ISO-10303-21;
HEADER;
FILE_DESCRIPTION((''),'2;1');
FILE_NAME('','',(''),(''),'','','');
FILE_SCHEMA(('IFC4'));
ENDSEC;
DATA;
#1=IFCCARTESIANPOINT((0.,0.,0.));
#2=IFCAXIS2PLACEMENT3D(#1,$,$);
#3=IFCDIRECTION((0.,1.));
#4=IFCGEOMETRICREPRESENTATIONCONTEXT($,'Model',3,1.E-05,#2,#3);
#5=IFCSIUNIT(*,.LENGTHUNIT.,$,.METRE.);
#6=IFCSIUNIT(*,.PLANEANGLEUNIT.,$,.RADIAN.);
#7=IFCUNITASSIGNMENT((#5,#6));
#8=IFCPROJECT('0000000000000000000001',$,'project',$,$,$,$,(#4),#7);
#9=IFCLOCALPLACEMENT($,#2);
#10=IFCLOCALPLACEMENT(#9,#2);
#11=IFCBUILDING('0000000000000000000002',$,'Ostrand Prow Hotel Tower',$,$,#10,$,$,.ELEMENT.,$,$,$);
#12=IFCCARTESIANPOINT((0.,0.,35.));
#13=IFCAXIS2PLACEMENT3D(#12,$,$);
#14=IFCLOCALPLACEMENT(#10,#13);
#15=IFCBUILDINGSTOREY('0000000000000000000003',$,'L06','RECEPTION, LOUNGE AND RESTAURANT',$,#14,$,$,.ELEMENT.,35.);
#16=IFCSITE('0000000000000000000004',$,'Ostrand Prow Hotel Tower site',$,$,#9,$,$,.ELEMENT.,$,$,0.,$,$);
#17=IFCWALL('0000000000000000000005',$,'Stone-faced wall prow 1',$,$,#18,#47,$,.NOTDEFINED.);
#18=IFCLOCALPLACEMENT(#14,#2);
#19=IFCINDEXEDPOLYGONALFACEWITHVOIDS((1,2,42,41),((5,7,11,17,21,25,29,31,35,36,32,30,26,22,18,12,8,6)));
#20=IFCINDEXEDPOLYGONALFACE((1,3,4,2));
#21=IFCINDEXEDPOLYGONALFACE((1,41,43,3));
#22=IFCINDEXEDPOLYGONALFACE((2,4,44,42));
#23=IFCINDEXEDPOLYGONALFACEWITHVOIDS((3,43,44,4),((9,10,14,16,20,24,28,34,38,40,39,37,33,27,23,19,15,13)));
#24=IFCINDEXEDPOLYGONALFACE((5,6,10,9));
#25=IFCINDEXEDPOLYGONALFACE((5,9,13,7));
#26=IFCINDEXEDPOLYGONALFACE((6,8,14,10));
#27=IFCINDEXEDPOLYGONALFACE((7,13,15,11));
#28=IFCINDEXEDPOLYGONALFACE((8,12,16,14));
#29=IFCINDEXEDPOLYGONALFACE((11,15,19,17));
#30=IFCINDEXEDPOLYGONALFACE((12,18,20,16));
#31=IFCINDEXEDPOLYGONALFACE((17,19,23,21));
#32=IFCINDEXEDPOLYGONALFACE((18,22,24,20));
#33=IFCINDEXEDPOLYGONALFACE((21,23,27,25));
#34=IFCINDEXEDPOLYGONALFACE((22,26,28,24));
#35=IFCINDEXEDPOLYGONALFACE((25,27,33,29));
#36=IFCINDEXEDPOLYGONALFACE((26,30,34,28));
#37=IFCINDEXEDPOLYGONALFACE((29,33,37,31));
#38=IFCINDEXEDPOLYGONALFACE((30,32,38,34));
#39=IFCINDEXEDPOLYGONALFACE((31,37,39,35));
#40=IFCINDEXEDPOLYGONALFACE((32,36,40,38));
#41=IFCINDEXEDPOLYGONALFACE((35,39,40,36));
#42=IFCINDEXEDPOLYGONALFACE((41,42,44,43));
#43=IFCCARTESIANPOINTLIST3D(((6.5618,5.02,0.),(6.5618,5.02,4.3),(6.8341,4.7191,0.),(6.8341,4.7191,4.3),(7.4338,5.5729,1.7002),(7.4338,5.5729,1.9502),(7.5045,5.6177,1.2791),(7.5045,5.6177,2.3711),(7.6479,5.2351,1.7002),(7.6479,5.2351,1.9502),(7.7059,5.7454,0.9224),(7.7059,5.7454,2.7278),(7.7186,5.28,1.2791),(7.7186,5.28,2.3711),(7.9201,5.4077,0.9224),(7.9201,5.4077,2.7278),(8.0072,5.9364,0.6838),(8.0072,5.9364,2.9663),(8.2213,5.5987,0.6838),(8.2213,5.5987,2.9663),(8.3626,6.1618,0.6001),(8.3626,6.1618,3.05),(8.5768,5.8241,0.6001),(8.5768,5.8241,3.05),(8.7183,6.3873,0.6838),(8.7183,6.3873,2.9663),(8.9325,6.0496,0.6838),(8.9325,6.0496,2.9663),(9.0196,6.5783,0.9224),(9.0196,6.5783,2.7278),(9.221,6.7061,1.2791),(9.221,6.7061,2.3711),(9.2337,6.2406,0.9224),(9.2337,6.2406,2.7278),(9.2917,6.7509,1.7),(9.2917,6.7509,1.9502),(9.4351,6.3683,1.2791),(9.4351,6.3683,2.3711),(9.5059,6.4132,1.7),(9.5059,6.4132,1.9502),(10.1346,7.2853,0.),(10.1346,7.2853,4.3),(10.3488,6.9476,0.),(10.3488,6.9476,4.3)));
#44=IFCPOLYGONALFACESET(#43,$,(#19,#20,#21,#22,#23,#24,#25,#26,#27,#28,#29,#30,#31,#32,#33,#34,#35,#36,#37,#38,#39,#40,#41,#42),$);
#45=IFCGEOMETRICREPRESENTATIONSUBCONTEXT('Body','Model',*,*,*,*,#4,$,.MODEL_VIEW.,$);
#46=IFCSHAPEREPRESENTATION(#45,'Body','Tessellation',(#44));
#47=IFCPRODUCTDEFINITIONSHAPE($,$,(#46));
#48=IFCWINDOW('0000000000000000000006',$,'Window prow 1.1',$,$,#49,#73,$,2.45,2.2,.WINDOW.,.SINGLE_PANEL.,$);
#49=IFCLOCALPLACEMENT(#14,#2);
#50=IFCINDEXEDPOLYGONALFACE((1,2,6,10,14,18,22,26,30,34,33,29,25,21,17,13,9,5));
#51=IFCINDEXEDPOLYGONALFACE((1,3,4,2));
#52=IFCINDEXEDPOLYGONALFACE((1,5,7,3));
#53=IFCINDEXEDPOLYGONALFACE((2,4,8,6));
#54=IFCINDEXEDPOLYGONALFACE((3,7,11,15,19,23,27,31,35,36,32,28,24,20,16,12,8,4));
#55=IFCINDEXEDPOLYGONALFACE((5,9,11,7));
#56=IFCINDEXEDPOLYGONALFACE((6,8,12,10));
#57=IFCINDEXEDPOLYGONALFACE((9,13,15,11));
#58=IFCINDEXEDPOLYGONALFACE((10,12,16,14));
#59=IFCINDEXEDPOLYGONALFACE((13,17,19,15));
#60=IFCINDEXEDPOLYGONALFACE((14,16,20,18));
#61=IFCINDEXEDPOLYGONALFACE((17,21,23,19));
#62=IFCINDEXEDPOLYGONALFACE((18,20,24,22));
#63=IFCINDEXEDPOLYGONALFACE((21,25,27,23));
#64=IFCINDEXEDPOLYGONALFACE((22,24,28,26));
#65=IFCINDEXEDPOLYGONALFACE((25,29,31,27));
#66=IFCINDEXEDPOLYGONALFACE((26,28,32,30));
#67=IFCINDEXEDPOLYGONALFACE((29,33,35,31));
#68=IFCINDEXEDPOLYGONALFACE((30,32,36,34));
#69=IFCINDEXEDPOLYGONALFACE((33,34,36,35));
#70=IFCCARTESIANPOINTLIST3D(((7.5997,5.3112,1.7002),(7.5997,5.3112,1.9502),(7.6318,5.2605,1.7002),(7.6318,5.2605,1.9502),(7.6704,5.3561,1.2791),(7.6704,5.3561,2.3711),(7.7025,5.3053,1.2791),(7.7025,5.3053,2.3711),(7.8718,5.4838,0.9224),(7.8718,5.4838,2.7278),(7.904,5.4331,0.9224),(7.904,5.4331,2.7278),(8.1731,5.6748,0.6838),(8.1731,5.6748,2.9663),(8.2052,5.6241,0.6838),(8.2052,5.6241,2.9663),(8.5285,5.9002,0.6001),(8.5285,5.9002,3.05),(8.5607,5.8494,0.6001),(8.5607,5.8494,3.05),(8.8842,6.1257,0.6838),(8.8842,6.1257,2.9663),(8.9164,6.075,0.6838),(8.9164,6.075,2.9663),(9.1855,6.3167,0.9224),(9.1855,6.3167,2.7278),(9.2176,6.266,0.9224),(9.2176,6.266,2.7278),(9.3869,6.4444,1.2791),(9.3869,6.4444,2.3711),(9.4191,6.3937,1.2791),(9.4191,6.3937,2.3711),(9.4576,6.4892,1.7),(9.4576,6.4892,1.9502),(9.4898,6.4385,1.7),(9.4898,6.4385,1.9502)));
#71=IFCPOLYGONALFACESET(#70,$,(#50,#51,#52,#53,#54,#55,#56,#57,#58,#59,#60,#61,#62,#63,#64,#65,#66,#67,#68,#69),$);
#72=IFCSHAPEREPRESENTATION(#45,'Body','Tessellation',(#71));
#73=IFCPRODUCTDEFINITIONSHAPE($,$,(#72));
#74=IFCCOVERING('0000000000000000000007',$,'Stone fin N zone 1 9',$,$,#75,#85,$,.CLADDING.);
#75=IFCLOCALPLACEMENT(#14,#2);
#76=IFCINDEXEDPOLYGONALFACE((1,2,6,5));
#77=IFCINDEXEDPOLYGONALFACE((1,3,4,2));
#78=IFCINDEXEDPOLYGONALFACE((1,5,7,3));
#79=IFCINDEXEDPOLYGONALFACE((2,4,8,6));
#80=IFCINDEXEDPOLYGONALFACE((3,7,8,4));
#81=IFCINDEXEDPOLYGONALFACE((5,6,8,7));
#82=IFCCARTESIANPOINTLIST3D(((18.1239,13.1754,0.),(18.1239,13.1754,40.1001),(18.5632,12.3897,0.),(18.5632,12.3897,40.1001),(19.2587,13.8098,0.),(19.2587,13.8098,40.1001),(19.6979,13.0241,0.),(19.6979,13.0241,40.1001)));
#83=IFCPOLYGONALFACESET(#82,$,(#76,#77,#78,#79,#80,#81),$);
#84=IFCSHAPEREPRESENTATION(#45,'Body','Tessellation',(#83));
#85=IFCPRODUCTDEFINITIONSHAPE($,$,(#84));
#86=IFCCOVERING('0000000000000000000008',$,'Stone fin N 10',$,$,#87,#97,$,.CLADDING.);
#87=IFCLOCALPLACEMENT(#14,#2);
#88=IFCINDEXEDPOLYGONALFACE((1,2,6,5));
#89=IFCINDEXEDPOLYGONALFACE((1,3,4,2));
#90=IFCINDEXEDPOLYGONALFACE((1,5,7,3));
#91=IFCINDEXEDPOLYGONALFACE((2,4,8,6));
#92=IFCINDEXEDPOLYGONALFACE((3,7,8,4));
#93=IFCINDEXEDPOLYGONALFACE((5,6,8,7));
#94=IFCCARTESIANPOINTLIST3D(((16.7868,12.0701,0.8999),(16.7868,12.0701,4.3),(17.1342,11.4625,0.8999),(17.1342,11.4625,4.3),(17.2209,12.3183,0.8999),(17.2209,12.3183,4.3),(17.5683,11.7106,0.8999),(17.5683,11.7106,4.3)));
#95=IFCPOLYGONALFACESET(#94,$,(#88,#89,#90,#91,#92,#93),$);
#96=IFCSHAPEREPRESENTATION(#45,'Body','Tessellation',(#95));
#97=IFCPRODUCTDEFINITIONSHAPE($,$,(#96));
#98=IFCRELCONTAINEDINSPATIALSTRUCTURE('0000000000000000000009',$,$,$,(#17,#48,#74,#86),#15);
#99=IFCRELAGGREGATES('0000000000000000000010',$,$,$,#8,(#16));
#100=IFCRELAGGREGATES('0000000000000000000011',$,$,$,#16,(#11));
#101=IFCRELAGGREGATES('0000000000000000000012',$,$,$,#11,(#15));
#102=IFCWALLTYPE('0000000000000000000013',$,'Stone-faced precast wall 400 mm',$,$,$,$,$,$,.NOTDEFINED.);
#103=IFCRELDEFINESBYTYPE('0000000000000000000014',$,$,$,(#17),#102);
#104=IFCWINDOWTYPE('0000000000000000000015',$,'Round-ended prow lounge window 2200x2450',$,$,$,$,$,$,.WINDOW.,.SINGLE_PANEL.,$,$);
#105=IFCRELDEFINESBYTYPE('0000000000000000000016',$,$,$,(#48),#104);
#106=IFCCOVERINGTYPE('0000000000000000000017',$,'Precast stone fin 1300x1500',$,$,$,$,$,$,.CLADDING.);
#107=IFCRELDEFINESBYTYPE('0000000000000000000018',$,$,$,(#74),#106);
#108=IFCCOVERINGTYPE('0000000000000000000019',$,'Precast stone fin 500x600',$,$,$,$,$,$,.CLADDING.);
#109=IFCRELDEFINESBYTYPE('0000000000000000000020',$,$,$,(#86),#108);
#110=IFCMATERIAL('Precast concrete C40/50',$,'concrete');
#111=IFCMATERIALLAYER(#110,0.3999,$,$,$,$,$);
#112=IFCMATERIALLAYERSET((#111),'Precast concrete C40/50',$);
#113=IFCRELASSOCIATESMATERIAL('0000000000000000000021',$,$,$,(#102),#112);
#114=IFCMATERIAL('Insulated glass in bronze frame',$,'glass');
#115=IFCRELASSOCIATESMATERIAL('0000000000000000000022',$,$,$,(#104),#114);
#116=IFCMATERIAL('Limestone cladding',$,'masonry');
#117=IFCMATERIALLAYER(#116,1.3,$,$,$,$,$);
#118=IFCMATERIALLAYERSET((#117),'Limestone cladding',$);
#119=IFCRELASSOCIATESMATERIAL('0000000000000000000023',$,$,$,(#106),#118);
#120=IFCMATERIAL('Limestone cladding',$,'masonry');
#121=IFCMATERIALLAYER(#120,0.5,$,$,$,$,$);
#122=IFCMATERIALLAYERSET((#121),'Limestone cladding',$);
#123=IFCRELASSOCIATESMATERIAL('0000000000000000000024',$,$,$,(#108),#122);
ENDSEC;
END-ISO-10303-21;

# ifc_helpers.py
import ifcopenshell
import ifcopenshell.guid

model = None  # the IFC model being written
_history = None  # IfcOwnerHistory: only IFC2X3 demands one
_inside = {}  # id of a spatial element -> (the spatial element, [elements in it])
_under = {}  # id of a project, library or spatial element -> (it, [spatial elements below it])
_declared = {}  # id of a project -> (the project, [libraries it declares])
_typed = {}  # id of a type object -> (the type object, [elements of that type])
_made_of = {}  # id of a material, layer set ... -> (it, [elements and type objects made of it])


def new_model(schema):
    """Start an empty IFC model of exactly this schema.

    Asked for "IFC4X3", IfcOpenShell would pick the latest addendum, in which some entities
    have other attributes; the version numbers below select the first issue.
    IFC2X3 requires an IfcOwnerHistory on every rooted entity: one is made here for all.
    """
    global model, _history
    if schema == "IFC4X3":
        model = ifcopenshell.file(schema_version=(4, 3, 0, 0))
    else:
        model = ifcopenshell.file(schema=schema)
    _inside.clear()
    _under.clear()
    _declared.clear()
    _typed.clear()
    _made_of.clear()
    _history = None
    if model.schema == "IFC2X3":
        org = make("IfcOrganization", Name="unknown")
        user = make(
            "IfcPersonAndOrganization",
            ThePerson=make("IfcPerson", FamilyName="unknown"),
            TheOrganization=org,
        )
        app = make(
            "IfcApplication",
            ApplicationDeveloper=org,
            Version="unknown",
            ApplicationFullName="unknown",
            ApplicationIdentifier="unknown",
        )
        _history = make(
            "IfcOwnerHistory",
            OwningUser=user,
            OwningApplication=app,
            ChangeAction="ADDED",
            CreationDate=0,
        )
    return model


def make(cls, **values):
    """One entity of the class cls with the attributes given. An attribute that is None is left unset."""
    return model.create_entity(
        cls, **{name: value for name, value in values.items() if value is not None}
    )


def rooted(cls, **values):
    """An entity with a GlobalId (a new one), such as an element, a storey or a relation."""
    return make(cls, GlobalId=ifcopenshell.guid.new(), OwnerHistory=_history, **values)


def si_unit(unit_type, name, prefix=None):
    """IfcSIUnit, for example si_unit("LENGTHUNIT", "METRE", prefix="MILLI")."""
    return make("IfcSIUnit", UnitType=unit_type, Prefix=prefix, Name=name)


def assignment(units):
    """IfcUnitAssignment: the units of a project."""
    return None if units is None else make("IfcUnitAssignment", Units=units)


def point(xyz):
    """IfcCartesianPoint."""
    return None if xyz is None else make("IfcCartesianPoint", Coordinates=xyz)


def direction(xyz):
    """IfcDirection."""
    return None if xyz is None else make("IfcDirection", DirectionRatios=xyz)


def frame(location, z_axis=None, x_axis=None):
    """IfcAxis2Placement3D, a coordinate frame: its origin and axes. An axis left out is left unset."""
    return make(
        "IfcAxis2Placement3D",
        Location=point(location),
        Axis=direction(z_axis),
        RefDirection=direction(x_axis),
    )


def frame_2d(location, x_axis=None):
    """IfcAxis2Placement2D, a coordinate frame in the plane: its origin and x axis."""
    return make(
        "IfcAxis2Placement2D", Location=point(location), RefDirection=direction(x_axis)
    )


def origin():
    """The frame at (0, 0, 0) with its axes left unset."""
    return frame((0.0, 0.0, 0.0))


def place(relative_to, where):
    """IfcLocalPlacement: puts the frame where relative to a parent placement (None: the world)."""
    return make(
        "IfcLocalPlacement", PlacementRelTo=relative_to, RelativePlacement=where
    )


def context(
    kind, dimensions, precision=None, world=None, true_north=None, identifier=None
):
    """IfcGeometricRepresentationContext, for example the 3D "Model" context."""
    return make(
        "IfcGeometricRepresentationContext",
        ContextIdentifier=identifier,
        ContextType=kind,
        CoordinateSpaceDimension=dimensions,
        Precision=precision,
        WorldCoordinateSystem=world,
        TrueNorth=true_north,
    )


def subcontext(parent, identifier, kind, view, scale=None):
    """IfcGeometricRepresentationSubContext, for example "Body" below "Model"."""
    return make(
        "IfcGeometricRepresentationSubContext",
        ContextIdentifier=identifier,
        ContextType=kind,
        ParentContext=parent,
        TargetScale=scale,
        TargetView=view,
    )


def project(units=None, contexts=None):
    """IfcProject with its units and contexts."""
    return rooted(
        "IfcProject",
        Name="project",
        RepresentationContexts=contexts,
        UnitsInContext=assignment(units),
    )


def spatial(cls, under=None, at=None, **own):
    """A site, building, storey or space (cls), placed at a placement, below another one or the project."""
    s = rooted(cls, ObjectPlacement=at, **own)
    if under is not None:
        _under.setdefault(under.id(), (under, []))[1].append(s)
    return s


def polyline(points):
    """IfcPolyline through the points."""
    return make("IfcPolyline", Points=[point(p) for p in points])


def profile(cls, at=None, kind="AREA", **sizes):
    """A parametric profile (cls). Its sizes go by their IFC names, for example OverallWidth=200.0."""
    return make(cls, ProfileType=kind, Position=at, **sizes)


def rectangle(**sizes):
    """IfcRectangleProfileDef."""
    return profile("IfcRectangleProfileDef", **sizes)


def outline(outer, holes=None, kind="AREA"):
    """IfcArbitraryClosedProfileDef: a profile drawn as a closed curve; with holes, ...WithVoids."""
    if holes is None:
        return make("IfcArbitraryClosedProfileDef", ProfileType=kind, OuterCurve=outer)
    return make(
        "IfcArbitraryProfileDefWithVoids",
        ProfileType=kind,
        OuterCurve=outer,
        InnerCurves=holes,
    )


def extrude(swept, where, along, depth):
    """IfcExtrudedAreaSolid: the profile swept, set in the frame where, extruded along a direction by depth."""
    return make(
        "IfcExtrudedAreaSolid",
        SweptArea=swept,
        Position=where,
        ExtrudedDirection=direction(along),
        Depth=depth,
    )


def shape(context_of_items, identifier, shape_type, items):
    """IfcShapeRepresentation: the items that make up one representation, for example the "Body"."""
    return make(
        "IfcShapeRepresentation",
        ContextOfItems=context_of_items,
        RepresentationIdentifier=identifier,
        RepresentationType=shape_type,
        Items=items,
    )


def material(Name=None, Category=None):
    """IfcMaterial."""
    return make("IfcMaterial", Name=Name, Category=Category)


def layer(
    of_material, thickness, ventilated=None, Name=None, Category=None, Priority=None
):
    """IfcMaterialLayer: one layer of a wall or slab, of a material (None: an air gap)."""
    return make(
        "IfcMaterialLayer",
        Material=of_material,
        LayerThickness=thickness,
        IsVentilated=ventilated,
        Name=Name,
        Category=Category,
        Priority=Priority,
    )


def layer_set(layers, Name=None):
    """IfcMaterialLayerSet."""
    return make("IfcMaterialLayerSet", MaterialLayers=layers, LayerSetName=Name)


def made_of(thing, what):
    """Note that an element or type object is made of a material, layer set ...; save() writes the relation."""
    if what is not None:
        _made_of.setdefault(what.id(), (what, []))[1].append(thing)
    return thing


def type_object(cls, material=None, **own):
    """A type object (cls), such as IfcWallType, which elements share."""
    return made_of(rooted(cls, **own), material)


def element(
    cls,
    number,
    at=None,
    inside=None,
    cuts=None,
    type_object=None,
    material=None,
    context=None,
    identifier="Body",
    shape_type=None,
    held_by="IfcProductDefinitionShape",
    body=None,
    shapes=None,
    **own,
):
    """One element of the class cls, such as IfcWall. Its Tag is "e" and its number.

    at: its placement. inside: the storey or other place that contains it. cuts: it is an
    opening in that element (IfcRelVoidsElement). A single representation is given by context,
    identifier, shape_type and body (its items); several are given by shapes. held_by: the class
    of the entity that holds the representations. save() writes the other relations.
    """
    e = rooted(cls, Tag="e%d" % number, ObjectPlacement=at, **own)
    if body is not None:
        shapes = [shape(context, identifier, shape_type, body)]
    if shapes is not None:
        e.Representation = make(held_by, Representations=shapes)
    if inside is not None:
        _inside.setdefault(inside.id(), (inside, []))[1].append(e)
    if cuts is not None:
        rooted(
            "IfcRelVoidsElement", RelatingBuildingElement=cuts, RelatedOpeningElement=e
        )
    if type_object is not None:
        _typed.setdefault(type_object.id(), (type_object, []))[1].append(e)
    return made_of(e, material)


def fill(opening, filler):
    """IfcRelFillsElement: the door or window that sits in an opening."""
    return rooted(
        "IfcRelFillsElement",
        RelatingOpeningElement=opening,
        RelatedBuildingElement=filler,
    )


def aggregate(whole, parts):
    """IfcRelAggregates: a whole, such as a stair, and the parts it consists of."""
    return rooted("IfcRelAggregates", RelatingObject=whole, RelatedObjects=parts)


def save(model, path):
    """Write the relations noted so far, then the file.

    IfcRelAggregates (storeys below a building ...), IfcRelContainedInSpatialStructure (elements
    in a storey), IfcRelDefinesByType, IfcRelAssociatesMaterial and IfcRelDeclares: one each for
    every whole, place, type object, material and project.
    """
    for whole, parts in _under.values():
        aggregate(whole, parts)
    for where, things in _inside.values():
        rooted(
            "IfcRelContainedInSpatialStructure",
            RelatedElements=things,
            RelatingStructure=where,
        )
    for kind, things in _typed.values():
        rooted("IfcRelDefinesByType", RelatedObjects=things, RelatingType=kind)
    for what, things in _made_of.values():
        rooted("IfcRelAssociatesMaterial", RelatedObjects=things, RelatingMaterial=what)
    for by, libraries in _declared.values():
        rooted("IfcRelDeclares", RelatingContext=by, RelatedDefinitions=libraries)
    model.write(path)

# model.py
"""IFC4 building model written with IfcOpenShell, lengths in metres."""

from ifc_helpers import new_model, si_unit, direction, frame, frame_2d, origin, place, context, subcontext, project, spatial, polyline, rectangle, outline, extrude, material, layer, layer_set, type_object, element, fill, save


model = new_model("IFC4")

# Units and contexts
model_context = context("Model", 3, precision=1e-05, world=origin(), true_north=direction((0.0, 1.0)))
body_context = subcontext(model_context, "Body", "Model", "MODEL_VIEW")
ifc_project = project(units=[si_unit("LENGTHUNIT", "METRE"), si_unit("PLANEANGLEUNIT", "RADIAN")], contexts=[model_context])

# Site, building, storey
site_placement = place(None, origin())
site = spatial("IfcSite", under=ifc_project, at=site_placement, Name="Ostrand Prow Hotel Tower site", CompositionType="ELEMENT", RefElevation=0.0)
building_placement = place(site_placement, origin())
building = spatial("IfcBuilding", under=site, at=building_placement, Name="Ostrand Prow Hotel Tower", CompositionType="ELEMENT")
storey_placement = place(building_placement, frame((0.0, 0.0, 35.0)))
storey = spatial("IfcBuildingStorey", under=building, at=storey_placement, Name="L06", Description="RECEPTION, LOUNGE AND RESTAURANT", CompositionType="ELEMENT", Elevation=35.0)

# Wall, opening, window
ifc_material_1 = material(Name="Precast concrete C40/50", Category="concrete")
ifc_layer_1 = layer(ifc_material_1, 0.3999)
ifc_layer_set_1 = layer_set([ifc_layer_1], Name="Precast concrete C40/50")
wall_type_1 = type_object("IfcWallType", Name="Stone-faced precast wall 400 mm", PredefinedType="NOTDEFINED", material=ifc_layer_set_1)
wall_1_placement = place(storey_placement, frame((10.2417, 7.1165, 0.0), z_axis=(0.0, 0.0, 1.0), x_axis=(-0.844552, -0.535474, 0.0)))
wall_1 = element("IfcWall", 1, at=wall_1_placement, inside=storey, type_object=wall_type_1, Name="Stone-faced wall prow 1", PredefinedType="NOTDEFINED", context=body_context, shape_type="SweptSolid", body=[
    extrude(outline(polyline([(0.0, -0.2), (4.2305, -0.2), (4.1616, 0.2), (0.0, 0.2), (0.0, -0.2)])), origin(), (0.0, 0.0, 1.0), 4.3),
])
opening_1_placement = place(wall_1_placement, frame((0.998, 0.0, 0.6001)))
opening_1 = element("IfcOpeningElement", 2, at=opening_1_placement, cuts=wall_1, PredefinedType="OPENING", context=body_context, shape_type="SweptSolid", body=[
    extrude(outline(polyline([(0.0, 1.3501), (0.0837, 1.771), (0.3223, 2.1277), (0.679, 2.3662), (1.1001, 2.45), (1.521, 2.3662), (1.8777, 2.1277), (2.1162, 1.771), (2.2, 1.3501), (2.2, 1.1001), (2.1162, 0.679), (1.8777, 0.3223), (1.521, 0.0837), (1.1001, 0.0), (0.679, 0.0837), (0.3223, 0.3223), (0.0837, 0.679), (0.0, 1.0999), (0.0, 1.3501)])), frame((0.0, 0.21, 0.0), z_axis=(0.0, -1.0, 0.0), x_axis=(1.0, 0.0, 0.0)), (0.0, 0.0, 1.0), 0.4199),
])
ifc_material_2 = material(Name="Insulated glass in bronze frame", Category="glass")
window_type = type_object("IfcWindowType", Name="Round-ended prow lounge window 2200x2450", PartitioningType="SINGLE_PANEL", PredefinedType="WINDOW", material=ifc_material_2)
window_placement = place(opening_1_placement, origin())
window = element("IfcWindow", 3, at=window_placement, inside=storey, type_object=window_type, Name="Window prow 1.1", OverallHeight=2.45, OverallWidth=2.2, PartitioningType="SINGLE_PANEL", PredefinedType="WINDOW", context=body_context, shape_type="SweptSolid", body=[
    extrude(outline(polyline([(0.0, 1.3501), (0.0837, 1.771), (0.3223, 2.1277), (0.679, 2.3662), (1.1001, 2.45), (1.521, 2.3662), (1.8777, 2.1277), (2.1162, 1.771), (2.2, 1.3501), (2.2, 1.1001), (2.1162, 0.679), (1.8777, 0.3223), (1.521, 0.0837), (1.1001, 0.0), (0.679, 0.0837), (0.3223, 0.3223), (0.0837, 0.679), (0.0, 1.0999), (0.0, 1.3501)])), frame((0.0, 0.1699, 0.0), z_axis=(0.0, -1.0, 0.0), x_axis=(1.0, 0.0, 0.0)), (0.0, 0.0, 1.0), 0.0601),
])
fill(opening_1, window)

# Coverings
ifc_material_3 = material(Name="Limestone cladding", Category="masonry")
ifc_layer_2 = layer(ifc_material_3, 1.3)
ifc_layer_set_2 = layer_set([ifc_layer_2], Name="Limestone cladding")
covering_type_1 = type_object("IfcCoveringType", Name="Precast stone fin 1300x1500", PredefinedType="CLADDING", material=ifc_layer_set_2)
covering_1_placement = place(storey_placement, frame((19.1306, 12.7068, 0.0), z_axis=(0.0, 0.0, 1.0), x_axis=(-0.487967, 0.872862, 0.0)))
element("IfcCovering", 4, at=covering_1_placement, inside=storey, type_object=covering_type_1, Name="Stone fin N zone 1 9", PredefinedType="CLADDING", context=body_context, shape_type="SweptSolid", body=[
    extrude(rectangle(XDim=0.9001, YDim=1.3, at=frame_2d((0.4502, 0.0))), origin(), (0.0, 0.0, 1.0), 40.1001),
])
ifc_material_4 = material(Name="Limestone cladding", Category="masonry")
ifc_layer_3 = layer(ifc_material_4, 0.5)
ifc_layer_set_3 = layer_set([ifc_layer_3], Name="Limestone cladding")
covering_type_2 = type_object("IfcCoveringType", Name="Precast stone fin 500x600", PredefinedType="CLADDING", material=ifc_layer_set_3)
covering_2_placement = place(storey_placement, frame((17.3513, 11.5864, 0.8999), z_axis=(0.0, 0.0, 1.0), x_axis=(-0.496327, 0.868136, 0.0)))
element("IfcCovering", 5, at=covering_2_placement, inside=storey, type_object=covering_type_2, Name="Stone fin N 10", PredefinedType="CLADDING", context=body_context, shape_type="SweptSolid", body=[
    extrude(rectangle(XDim=0.7, YDim=0.5, at=frame_2d((0.3501, 0.0))), origin(), (0.0, 0.0, 1.0), 3.4001),
])

save(model, "model.ifc")
